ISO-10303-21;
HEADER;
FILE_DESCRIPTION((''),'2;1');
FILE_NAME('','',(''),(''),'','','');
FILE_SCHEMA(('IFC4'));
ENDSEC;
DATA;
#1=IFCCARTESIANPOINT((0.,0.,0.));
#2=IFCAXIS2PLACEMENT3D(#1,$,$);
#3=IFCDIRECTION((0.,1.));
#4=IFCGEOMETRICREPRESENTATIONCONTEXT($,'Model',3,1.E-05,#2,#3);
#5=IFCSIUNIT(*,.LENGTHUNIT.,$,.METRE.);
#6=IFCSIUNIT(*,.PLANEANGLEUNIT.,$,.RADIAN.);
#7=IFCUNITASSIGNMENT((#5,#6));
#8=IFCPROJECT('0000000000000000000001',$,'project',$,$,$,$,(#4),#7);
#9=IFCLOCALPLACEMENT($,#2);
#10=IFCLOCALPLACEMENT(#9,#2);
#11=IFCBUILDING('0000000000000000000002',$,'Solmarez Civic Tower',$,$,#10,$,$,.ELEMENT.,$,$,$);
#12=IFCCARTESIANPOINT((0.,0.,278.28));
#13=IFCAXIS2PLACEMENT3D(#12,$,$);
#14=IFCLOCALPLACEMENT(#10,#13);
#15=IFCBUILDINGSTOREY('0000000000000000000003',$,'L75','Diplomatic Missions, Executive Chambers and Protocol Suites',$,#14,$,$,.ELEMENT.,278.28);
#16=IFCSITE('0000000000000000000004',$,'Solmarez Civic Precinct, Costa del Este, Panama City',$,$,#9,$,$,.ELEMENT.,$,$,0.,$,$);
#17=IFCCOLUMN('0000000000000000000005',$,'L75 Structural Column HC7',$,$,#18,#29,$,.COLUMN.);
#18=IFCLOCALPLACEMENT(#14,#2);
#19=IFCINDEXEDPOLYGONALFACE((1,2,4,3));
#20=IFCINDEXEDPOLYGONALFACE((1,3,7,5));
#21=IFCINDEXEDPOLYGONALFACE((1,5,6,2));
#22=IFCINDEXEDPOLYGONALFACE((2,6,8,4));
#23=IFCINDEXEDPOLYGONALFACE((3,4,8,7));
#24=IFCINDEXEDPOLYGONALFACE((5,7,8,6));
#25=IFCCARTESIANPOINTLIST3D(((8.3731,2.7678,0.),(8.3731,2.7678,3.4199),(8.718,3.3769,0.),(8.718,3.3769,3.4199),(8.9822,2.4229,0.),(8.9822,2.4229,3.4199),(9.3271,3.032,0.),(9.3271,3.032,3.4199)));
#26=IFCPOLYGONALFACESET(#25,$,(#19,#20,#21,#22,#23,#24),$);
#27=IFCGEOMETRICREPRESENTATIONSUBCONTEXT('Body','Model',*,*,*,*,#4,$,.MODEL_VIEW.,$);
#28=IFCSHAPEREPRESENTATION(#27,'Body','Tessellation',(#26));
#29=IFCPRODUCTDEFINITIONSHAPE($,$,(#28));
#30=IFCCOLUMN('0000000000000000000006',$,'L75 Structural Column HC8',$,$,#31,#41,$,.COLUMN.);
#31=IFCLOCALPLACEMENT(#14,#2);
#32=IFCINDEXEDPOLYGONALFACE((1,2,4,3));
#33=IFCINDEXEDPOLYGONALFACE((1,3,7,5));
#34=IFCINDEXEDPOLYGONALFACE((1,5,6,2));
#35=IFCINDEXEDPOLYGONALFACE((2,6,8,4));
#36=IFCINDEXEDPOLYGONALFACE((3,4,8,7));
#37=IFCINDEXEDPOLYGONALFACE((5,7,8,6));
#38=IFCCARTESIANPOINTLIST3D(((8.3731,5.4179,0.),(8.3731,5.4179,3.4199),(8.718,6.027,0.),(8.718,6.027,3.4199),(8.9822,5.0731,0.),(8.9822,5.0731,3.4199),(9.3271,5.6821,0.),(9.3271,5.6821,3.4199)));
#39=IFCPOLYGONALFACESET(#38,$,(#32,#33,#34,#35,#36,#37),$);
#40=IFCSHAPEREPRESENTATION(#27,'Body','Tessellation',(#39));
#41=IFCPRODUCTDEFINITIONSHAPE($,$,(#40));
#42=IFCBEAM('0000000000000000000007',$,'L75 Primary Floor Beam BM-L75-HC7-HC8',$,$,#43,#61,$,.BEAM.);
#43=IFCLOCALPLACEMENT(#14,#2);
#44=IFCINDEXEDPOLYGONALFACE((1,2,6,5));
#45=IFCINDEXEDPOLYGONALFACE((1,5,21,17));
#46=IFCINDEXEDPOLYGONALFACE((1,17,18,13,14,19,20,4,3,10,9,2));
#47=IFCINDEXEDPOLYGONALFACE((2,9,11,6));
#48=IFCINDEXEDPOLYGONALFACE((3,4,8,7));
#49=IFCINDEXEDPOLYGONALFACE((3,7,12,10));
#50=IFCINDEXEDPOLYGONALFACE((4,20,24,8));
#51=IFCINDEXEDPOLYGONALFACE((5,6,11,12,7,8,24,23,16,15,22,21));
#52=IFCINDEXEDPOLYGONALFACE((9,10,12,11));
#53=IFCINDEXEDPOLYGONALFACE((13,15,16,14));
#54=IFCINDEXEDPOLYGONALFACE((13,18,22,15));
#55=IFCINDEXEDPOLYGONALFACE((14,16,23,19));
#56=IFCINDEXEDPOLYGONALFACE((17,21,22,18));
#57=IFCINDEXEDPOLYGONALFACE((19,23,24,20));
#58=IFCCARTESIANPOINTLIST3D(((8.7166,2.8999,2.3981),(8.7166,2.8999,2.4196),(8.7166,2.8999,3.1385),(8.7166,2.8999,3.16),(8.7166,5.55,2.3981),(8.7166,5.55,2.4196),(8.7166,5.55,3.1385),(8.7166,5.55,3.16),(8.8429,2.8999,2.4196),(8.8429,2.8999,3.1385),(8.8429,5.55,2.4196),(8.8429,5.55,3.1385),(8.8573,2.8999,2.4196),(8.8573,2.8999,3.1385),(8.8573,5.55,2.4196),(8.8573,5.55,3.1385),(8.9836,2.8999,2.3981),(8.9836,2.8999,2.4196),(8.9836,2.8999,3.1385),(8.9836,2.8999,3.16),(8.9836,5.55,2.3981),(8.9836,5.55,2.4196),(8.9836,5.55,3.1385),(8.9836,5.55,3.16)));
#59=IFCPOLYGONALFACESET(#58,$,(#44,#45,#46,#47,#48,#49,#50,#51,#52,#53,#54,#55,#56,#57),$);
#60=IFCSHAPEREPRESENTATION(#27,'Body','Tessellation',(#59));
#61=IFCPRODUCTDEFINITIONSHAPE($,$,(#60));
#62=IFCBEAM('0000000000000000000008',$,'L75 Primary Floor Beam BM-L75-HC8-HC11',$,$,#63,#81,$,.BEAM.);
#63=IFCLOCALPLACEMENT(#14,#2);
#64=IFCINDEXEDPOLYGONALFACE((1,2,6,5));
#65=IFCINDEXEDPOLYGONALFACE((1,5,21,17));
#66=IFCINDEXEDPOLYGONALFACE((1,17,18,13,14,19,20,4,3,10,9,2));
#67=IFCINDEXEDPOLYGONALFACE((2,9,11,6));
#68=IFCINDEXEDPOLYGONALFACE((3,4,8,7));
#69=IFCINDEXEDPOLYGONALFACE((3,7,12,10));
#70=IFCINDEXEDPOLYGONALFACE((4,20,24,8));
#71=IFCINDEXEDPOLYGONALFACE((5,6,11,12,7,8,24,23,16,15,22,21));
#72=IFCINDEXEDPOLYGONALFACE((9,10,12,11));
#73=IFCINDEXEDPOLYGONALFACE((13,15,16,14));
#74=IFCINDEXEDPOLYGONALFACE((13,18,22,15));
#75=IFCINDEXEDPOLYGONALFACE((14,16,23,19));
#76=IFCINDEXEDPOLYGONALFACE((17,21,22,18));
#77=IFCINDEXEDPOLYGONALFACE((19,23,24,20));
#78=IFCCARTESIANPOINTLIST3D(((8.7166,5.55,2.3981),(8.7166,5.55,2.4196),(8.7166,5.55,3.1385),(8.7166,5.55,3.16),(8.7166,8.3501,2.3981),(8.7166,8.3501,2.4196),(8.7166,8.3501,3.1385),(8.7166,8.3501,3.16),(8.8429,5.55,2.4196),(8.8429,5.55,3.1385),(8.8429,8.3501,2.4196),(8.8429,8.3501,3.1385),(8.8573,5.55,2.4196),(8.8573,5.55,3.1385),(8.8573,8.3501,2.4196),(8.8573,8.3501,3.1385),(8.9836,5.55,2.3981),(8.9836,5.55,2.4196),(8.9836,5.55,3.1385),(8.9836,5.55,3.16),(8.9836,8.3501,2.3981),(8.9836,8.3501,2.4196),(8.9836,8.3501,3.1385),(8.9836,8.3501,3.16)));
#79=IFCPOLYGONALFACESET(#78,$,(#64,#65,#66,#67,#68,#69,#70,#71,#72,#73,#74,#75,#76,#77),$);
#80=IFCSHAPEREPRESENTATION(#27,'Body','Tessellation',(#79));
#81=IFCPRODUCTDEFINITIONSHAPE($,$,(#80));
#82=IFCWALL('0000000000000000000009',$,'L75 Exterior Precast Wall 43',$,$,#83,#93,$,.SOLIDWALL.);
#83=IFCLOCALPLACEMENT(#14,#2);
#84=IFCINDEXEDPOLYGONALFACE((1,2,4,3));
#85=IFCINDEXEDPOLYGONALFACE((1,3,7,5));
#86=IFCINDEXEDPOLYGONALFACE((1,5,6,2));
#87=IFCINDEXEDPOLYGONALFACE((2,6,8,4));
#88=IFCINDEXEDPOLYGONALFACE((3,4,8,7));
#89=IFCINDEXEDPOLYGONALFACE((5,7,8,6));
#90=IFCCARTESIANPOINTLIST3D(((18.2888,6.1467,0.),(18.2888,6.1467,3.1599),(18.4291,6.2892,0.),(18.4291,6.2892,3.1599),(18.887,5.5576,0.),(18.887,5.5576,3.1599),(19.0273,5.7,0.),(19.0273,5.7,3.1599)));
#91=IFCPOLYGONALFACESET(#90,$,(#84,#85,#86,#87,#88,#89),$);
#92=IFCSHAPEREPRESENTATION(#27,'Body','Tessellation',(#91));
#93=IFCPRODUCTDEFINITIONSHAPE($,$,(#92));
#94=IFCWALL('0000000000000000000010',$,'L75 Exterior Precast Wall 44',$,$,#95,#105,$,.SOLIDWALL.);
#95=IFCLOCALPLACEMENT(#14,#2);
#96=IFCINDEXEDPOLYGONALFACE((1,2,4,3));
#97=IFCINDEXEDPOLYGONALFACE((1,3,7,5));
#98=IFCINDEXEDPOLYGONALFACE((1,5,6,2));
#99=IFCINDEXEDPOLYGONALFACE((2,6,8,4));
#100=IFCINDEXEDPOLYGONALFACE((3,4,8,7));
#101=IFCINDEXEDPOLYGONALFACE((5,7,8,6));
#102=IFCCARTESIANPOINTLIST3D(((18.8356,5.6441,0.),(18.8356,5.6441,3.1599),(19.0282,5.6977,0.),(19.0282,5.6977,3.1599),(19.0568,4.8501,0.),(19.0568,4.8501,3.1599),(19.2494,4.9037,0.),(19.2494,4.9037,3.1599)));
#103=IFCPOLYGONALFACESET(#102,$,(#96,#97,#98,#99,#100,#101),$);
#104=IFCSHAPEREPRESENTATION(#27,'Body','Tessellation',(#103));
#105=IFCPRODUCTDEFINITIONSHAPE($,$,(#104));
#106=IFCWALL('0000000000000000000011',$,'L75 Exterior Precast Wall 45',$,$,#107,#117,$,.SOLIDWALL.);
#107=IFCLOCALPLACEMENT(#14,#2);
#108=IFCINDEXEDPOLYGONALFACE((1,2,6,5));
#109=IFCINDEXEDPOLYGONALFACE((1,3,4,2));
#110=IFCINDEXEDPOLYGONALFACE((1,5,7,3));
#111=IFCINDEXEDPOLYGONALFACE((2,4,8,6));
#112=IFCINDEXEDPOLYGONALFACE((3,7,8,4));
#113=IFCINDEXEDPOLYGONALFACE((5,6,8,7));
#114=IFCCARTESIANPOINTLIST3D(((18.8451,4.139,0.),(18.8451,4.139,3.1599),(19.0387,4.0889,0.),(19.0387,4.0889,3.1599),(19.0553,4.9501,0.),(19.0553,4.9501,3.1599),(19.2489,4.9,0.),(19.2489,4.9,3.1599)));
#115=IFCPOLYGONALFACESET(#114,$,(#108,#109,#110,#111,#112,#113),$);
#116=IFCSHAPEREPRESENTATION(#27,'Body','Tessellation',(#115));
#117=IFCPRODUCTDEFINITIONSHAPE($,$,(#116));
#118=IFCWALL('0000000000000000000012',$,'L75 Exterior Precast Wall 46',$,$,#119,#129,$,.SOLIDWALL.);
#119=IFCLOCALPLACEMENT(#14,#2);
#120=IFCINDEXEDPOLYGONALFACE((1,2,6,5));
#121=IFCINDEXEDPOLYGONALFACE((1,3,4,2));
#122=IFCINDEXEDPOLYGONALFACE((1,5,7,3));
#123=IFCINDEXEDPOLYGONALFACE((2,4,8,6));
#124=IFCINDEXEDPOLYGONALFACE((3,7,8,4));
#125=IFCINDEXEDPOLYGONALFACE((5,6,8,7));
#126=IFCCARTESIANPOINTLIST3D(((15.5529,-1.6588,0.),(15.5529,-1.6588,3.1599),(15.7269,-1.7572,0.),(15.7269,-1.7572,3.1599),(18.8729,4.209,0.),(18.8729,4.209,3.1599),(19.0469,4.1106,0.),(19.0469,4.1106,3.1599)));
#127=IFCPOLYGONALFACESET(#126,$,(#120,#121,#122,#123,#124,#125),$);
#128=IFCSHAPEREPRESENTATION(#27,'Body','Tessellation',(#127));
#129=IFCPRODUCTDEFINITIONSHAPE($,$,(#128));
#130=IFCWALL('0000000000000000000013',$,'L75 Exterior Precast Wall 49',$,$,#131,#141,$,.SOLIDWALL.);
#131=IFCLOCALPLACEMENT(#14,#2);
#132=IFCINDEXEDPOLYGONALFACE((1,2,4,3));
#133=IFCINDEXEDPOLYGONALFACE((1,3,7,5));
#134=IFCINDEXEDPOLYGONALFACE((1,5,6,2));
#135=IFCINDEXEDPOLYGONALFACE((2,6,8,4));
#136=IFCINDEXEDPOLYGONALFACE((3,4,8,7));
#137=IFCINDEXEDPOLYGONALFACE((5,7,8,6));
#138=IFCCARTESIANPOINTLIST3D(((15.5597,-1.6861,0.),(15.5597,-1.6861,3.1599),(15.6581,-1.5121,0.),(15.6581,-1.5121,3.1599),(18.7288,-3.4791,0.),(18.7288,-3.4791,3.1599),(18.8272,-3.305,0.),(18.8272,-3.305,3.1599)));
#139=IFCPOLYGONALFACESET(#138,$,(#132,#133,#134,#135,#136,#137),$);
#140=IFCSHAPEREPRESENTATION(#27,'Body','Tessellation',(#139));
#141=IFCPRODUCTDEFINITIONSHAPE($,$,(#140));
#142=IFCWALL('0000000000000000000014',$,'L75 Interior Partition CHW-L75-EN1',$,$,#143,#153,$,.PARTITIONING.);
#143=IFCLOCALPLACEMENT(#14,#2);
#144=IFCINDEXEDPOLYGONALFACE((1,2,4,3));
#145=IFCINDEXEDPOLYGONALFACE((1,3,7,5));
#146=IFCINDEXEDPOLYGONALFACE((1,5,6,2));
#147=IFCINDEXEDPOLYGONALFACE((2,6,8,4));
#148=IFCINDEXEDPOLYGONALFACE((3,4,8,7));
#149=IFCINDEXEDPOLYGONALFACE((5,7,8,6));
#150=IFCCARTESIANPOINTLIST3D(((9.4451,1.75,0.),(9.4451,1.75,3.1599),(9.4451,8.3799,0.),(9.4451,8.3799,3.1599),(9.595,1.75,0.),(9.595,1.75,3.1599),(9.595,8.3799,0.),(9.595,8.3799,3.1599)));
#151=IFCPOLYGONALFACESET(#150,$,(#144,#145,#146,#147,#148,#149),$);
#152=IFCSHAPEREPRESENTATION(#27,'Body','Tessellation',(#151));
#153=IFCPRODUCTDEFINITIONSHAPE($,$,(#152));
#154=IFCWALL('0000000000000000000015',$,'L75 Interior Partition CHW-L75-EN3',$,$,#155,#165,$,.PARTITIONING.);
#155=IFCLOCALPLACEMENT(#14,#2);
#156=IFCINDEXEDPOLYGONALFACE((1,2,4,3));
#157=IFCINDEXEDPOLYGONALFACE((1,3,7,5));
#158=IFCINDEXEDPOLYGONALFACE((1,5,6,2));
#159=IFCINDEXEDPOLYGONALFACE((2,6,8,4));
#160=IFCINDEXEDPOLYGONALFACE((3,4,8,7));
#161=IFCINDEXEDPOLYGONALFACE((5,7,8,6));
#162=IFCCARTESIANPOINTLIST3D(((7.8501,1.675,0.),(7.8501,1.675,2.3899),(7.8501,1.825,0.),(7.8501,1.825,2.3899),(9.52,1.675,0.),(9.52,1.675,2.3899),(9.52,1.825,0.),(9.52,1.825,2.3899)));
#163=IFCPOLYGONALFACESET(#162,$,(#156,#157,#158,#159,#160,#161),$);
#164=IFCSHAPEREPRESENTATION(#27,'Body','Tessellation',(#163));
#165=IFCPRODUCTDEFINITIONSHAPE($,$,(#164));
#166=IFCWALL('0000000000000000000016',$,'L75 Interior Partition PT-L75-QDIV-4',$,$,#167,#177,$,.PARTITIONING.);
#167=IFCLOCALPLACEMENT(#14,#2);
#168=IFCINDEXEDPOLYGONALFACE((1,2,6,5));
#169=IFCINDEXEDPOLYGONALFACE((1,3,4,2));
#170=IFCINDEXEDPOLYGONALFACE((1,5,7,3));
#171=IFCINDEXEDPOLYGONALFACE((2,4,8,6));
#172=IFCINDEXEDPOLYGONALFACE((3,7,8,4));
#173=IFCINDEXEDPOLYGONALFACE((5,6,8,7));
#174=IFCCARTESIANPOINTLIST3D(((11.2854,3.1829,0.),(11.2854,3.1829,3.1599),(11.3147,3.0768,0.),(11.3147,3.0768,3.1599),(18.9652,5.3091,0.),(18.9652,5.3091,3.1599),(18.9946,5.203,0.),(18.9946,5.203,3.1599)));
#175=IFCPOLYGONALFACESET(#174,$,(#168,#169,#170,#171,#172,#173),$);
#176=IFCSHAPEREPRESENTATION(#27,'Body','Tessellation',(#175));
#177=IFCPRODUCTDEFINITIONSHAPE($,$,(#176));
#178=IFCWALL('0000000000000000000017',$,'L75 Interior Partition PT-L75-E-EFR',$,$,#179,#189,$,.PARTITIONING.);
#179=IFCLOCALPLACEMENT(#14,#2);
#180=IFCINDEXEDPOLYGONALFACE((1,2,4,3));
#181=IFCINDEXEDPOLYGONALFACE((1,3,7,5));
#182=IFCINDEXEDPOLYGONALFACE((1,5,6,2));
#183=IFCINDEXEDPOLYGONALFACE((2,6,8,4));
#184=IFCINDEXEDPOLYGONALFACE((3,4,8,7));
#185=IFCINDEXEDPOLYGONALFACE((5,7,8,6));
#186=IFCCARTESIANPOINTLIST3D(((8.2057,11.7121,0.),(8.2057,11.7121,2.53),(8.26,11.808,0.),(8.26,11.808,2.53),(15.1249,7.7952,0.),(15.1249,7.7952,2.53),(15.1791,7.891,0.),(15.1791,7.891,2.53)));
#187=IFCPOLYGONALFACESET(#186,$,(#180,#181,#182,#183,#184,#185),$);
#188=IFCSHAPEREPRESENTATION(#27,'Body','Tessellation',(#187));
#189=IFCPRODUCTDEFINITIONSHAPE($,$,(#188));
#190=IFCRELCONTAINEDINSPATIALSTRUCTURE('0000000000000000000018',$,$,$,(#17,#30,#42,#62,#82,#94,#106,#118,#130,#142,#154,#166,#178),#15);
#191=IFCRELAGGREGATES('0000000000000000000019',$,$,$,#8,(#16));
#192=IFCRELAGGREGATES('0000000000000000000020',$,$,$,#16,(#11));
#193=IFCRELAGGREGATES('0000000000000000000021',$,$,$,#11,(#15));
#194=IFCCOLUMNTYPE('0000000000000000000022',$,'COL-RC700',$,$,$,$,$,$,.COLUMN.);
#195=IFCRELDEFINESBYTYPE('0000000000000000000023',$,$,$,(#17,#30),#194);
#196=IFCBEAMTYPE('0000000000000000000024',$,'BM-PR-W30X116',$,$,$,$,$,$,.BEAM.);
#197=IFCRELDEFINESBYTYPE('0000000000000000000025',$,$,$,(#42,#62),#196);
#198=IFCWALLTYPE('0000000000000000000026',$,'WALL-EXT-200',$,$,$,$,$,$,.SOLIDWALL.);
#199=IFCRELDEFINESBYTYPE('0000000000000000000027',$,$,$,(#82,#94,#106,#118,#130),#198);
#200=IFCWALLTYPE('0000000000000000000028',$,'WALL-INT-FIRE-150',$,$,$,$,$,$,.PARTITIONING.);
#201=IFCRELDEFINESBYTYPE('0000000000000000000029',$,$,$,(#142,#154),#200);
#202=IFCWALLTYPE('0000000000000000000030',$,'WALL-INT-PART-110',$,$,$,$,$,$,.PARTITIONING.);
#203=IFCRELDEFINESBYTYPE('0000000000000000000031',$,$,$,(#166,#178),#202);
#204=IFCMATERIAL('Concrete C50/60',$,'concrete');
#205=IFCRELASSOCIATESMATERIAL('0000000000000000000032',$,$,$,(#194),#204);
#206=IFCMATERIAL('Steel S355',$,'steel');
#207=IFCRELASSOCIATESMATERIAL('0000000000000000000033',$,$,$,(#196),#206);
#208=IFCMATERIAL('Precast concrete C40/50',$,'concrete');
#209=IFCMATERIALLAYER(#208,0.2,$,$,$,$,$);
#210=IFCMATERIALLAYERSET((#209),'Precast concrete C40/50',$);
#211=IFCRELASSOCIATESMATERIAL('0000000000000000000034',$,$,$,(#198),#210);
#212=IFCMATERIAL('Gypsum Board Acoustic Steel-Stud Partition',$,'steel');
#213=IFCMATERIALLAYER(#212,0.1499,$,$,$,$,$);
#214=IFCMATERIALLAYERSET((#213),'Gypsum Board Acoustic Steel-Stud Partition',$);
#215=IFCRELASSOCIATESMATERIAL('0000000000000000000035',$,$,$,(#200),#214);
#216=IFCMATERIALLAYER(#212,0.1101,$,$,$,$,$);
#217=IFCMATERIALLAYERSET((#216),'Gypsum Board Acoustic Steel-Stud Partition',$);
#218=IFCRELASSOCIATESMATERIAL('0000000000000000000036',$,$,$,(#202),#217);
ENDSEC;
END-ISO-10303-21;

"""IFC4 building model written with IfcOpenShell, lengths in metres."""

from ifc_helpers import new_model, si_unit, direction, frame, frame_2d, origin, origin_2d, place, context, subcontext, project, spatial, rectangle, i_section, extrude, material, layer, layer_set, material_profile, profile_set, type_object, element, save


model = new_model("IFC4")

# Units and contexts
model_context = context("Model", 3, precision=1e-05, world=origin(), true_north=direction((0.0, 1.0)))
body_context = subcontext(model_context, "Body", "Model", "MODEL_VIEW")
ifc_project = project(units=[si_unit("LENGTHUNIT", "METRE"), si_unit("PLANEANGLEUNIT", "RADIAN")], contexts=[model_context])

# Site, building, storey
site_placement = place(None, origin())
site = spatial("IfcSite", under=ifc_project, at=site_placement, Name="Solmarez Civic Precinct, Costa del Este, Panama City", CompositionType="ELEMENT", RefElevation=0.0)
building_placement = place(site_placement, origin())
building = spatial("IfcBuilding", under=site, at=building_placement, Name="Solmarez Civic Tower", CompositionType="ELEMENT")
storey_placement = place(building_placement, frame((0.0, 0.0, 278.28)))
storey = spatial("IfcBuildingStorey", under=building, at=storey_placement, Name="L75", Description="Diplomatic Missions, Executive Chambers and Protocol Suites", CompositionType="ELEMENT", Elevation=278.28)

# Columns
ifc_material_1 = material(Name="Concrete C50/60", Category="concrete")
ifc_material_profile_1 = material_profile(ifc_material_1, rectangle(XDim=0.7, YDim=0.7, at=origin_2d()), Name="RC700X700")
ifc_profile_set_1 = profile_set([ifc_material_profile_1], Name="Concrete C50/60")
column_type = type_object("IfcColumnType", Name="COL-RC700", PredefinedType="COLUMN", material=ifc_profile_set_1)
for number, where, z_axis, x_axis, name in (
    (1, (8.8501, 2.8999, 0.0), (0.0, 0.0, 1.0), (0.492727, 0.870184, 0.0), "L75 Structural Column HC7"),
    (2, (8.8501, 5.55, 0.0), (0.0, 0.0, 1.0), (0.492727, 0.870184, 0.0), "L75 Structural Column HC8"),
):
    element("IfcColumn", number, at=place(storey_placement, frame(where, z_axis=z_axis, x_axis=x_axis)), inside=storey, type_object=column_type, Name=name, PredefinedType="COLUMN", context=body_context, shape_type="SweptSolid", body=[
        extrude(rectangle(XDim=0.7, YDim=0.7, at=origin_2d()), origin(), (0.0, 0.0, 1.0), 3.4199),
    ])

# Beams
ifc_material_2 = material(Name="Steel S355", Category="steel")
ifc_material_profile_2 = material_profile(ifc_material_2, i_section(OverallWidth=0.2671, OverallDepth=0.762, WebThickness=0.0144, FlangeThickness=0.0215, at=origin_2d()), Name="W30X116")
ifc_profile_set_2 = profile_set([ifc_material_profile_2], Name="Steel S355")
beam_type = type_object("IfcBeamType", Name="BM-PR-W30X116", PredefinedType="BEAM", material=ifc_profile_set_2)
beam_1_placement = place(storey_placement, frame((8.8501, 2.8999, 2.7791), z_axis=(0.0, 1.0, 0.0), x_axis=(-1.0, 0.0, 0.0)))
element("IfcBeam", 3, at=beam_1_placement, inside=storey, type_object=beam_type, Name="L75 Primary Floor Beam BM-L75-HC7-HC8", PredefinedType="BEAM", context=body_context, shape_type="SweptSolid", body=[
    extrude(i_section(OverallWidth=0.2671, OverallDepth=0.762, WebThickness=0.0144, FlangeThickness=0.0215, at=origin_2d()), origin(), (0.0, 0.0, 1.0), 2.6501),
])
beam_2_placement = place(storey_placement, frame((8.8501, 5.55, 2.7791), z_axis=(0.0, 1.0, 0.0), x_axis=(-1.0, 0.0, 0.0)))
element("IfcBeam", 4, at=beam_2_placement, inside=storey, type_object=beam_type, Name="L75 Primary Floor Beam BM-L75-HC8-HC11", PredefinedType="BEAM", context=body_context, shape_type="SweptSolid", body=[
    extrude(i_section(OverallWidth=0.2671, OverallDepth=0.762, WebThickness=0.0144, FlangeThickness=0.0215, at=origin_2d()), origin(), (0.0, 0.0, 1.0), 2.8),
])

# Walls
ifc_material_3 = material(Name="Precast concrete C40/50", Category="concrete")
ifc_layer_1 = layer(ifc_material_3, 0.2)
ifc_layer_set_1 = layer_set([ifc_layer_1], Name="Precast concrete C40/50")
wall_type_1 = type_object("IfcWallType", Name="WALL-EXT-200", PredefinedType="SOLIDWALL", material=ifc_layer_set_1)
wall_1_placement = place(storey_placement, frame((18.3589, 6.218, 0.0), z_axis=(0.0, 0.0, 1.0), x_axis=(0.712466, -0.701706, 0.0)))
element("IfcWall", 5, at=wall_1_placement, inside=storey, type_object=wall_type_1, Name="L75 Exterior Precast Wall 43", PredefinedType="SOLIDWALL", context=body_context, shape_type="SweptSolid", body=[
    extrude(rectangle(XDim=0.8396, YDim=0.2, at=frame_2d((0.4199, 0.0))), origin(), (0.0, 0.0, 1.0), 3.1599),
])
wall_2_placement = place(storey_placement, frame((18.9319, 5.6709, 0.0), z_axis=(0.0, 0.0, 1.0), x_axis=(0.268377, -0.963314, 0.0)))
element("IfcWall", 6, at=wall_2_placement, inside=storey, type_object=wall_type_1, Name="L75 Exterior Precast Wall 44", PredefinedType="SOLIDWALL", context=body_context, shape_type="SweptSolid", body=[
    extrude(rectangle(XDim=0.8242, YDim=0.2, at=frame_2d((0.4121, 0.0))), origin(), (0.0, 0.0, 1.0), 3.1599),
])
wall_3_placement = place(storey_placement, frame((19.1521, 4.925, 0.0), z_axis=(0.0, 0.0, 1.0), x_axis=(-0.250891, -0.968015, 0.0)))
element("IfcWall", 7, at=wall_3_placement, inside=storey, type_object=wall_type_1, Name="L75 Exterior Precast Wall 45", PredefinedType="SOLIDWALL", context=body_context, shape_type="SweptSolid", body=[
    extrude(rectangle(XDim=0.8379, YDim=0.2, at=frame_2d((0.4189, 0.0))), origin(), (0.0, 0.0, 1.0), 3.1599),
])
wall_4_placement = place(storey_placement, frame((18.96, 4.1599, 0.0), z_axis=(0.0, 0.0, 1.0), x_axis=(-0.492441, -0.870346, 0.0)))
element("IfcWall", 8, at=wall_4_placement, inside=storey, type_object=wall_type_1, Name="L75 Exterior Precast Wall 46", PredefinedType="SOLIDWALL", context=body_context, shape_type="SweptSolid", body=[
    extrude(rectangle(XDim=6.7419, YDim=0.2, at=frame_2d((3.3711, 0.0))), origin(), (0.0, 0.0, 1.0), 3.1599),
])
wall_5_placement = place(storey_placement, frame((15.6089, -1.5991, 0.0), z_axis=(0.0, 0.0, 1.0), x_axis=(0.870364, -0.492409, 0.0)))
element("IfcWall", 9, at=wall_5_placement, inside=storey, type_object=wall_type_1, Name="L75 Exterior Precast Wall 49", PredefinedType="SOLIDWALL", context=body_context, shape_type="SweptSolid", body=[
    extrude(rectangle(XDim=3.6411, YDim=0.2, at=frame_2d((1.8206, 0.0))), origin(), (0.0, 0.0, 1.0), 3.1599),
])
ifc_material_4 = material(Name="Gypsum Board Acoustic Steel-Stud Partition", Category="steel")
ifc_layer_2 = layer(ifc_material_4, 0.1499)
ifc_layer_set_2 = layer_set([ifc_layer_2], Name="Gypsum Board Acoustic Steel-Stud Partition")
wall_type_2 = type_object("IfcWallType", Name="WALL-INT-FIRE-150", PredefinedType="PARTITIONING", material=ifc_layer_set_2)
wall_6_placement = place(storey_placement, frame((9.52, 1.75, 0.0), z_axis=(0.0, 0.0, 1.0), x_axis=(0.0, 1.0, 0.0)))
element("IfcWall", 10, at=wall_6_placement, inside=storey, type_object=wall_type_2, Name="L75 Interior Partition CHW-L75-EN1", PredefinedType="PARTITIONING", context=body_context, shape_type="SweptSolid", body=[
    extrude(rectangle(XDim=6.6299, YDim=0.1499, at=frame_2d((3.3149, 0.0))), origin(), (0.0, 0.0, 1.0), 3.1599),
])
wall_7_placement = place(storey_placement, frame((7.8501, 1.75, 0.0), z_axis=(0.0, 0.0, 1.0), x_axis=(1.0, 0.0, 0.0)))
element("IfcWall", 11, at=wall_7_placement, inside=storey, type_object=wall_type_2, Name="L75 Interior Partition CHW-L75-EN3", PredefinedType="PARTITIONING", context=body_context, shape_type="SweptSolid", body=[
    extrude(rectangle(XDim=1.6699, YDim=0.1499, at=frame_2d((0.835, 0.0))), origin(), (0.0, 0.0, 1.0), 2.3899),
])
ifc_layer_3 = layer(ifc_material_4, 0.1101)
ifc_layer_set_3 = layer_set([ifc_layer_3], Name="Gypsum Board Acoustic Steel-Stud Partition")
wall_type_3 = type_object("IfcWallType", Name="WALL-INT-PART-110", PredefinedType="PARTITIONING", material=ifc_layer_set_3)
wall_8_placement = place(storey_placement, frame((11.3, 3.1299, 0.0), z_axis=(0.0, 0.0, 1.0), x_axis=(0.963747, 0.266817, 0.0)))
element("IfcWall", 12, at=wall_8_placement, inside=storey, type_object=wall_type_3, Name="L75 Interior Partition PT-L75-QDIV-4", PredefinedType="PARTITIONING", context=body_context, shape_type="SweptSolid", body=[
    extrude(rectangle(XDim=7.9688, YDim=0.1101, at=frame_2d((3.9844, 0.0))), origin(), (0.0, 0.0, 1.0), 3.1599),
])
wall_9_placement = place(storey_placement, frame((15.1521, 7.843, 0.0), z_axis=(0.0, 0.0, 1.0), x_axis=(-0.870232, 0.492643, 0.0)))
element("IfcWall", 13, at=wall_9_placement, inside=storey, type_object=wall_type_3, Name="L75 Interior Partition PT-L75-E-EFR", PredefinedType="PARTITIONING", context=body_context, shape_type="SweptSolid", body=[
    extrude(rectangle(XDim=7.9509, YDim=0.1101, at=frame_2d((3.9756, 0.0))), origin(), (0.0, 0.0, 1.0), 2.53),
])

save(model, "model.ifc")
